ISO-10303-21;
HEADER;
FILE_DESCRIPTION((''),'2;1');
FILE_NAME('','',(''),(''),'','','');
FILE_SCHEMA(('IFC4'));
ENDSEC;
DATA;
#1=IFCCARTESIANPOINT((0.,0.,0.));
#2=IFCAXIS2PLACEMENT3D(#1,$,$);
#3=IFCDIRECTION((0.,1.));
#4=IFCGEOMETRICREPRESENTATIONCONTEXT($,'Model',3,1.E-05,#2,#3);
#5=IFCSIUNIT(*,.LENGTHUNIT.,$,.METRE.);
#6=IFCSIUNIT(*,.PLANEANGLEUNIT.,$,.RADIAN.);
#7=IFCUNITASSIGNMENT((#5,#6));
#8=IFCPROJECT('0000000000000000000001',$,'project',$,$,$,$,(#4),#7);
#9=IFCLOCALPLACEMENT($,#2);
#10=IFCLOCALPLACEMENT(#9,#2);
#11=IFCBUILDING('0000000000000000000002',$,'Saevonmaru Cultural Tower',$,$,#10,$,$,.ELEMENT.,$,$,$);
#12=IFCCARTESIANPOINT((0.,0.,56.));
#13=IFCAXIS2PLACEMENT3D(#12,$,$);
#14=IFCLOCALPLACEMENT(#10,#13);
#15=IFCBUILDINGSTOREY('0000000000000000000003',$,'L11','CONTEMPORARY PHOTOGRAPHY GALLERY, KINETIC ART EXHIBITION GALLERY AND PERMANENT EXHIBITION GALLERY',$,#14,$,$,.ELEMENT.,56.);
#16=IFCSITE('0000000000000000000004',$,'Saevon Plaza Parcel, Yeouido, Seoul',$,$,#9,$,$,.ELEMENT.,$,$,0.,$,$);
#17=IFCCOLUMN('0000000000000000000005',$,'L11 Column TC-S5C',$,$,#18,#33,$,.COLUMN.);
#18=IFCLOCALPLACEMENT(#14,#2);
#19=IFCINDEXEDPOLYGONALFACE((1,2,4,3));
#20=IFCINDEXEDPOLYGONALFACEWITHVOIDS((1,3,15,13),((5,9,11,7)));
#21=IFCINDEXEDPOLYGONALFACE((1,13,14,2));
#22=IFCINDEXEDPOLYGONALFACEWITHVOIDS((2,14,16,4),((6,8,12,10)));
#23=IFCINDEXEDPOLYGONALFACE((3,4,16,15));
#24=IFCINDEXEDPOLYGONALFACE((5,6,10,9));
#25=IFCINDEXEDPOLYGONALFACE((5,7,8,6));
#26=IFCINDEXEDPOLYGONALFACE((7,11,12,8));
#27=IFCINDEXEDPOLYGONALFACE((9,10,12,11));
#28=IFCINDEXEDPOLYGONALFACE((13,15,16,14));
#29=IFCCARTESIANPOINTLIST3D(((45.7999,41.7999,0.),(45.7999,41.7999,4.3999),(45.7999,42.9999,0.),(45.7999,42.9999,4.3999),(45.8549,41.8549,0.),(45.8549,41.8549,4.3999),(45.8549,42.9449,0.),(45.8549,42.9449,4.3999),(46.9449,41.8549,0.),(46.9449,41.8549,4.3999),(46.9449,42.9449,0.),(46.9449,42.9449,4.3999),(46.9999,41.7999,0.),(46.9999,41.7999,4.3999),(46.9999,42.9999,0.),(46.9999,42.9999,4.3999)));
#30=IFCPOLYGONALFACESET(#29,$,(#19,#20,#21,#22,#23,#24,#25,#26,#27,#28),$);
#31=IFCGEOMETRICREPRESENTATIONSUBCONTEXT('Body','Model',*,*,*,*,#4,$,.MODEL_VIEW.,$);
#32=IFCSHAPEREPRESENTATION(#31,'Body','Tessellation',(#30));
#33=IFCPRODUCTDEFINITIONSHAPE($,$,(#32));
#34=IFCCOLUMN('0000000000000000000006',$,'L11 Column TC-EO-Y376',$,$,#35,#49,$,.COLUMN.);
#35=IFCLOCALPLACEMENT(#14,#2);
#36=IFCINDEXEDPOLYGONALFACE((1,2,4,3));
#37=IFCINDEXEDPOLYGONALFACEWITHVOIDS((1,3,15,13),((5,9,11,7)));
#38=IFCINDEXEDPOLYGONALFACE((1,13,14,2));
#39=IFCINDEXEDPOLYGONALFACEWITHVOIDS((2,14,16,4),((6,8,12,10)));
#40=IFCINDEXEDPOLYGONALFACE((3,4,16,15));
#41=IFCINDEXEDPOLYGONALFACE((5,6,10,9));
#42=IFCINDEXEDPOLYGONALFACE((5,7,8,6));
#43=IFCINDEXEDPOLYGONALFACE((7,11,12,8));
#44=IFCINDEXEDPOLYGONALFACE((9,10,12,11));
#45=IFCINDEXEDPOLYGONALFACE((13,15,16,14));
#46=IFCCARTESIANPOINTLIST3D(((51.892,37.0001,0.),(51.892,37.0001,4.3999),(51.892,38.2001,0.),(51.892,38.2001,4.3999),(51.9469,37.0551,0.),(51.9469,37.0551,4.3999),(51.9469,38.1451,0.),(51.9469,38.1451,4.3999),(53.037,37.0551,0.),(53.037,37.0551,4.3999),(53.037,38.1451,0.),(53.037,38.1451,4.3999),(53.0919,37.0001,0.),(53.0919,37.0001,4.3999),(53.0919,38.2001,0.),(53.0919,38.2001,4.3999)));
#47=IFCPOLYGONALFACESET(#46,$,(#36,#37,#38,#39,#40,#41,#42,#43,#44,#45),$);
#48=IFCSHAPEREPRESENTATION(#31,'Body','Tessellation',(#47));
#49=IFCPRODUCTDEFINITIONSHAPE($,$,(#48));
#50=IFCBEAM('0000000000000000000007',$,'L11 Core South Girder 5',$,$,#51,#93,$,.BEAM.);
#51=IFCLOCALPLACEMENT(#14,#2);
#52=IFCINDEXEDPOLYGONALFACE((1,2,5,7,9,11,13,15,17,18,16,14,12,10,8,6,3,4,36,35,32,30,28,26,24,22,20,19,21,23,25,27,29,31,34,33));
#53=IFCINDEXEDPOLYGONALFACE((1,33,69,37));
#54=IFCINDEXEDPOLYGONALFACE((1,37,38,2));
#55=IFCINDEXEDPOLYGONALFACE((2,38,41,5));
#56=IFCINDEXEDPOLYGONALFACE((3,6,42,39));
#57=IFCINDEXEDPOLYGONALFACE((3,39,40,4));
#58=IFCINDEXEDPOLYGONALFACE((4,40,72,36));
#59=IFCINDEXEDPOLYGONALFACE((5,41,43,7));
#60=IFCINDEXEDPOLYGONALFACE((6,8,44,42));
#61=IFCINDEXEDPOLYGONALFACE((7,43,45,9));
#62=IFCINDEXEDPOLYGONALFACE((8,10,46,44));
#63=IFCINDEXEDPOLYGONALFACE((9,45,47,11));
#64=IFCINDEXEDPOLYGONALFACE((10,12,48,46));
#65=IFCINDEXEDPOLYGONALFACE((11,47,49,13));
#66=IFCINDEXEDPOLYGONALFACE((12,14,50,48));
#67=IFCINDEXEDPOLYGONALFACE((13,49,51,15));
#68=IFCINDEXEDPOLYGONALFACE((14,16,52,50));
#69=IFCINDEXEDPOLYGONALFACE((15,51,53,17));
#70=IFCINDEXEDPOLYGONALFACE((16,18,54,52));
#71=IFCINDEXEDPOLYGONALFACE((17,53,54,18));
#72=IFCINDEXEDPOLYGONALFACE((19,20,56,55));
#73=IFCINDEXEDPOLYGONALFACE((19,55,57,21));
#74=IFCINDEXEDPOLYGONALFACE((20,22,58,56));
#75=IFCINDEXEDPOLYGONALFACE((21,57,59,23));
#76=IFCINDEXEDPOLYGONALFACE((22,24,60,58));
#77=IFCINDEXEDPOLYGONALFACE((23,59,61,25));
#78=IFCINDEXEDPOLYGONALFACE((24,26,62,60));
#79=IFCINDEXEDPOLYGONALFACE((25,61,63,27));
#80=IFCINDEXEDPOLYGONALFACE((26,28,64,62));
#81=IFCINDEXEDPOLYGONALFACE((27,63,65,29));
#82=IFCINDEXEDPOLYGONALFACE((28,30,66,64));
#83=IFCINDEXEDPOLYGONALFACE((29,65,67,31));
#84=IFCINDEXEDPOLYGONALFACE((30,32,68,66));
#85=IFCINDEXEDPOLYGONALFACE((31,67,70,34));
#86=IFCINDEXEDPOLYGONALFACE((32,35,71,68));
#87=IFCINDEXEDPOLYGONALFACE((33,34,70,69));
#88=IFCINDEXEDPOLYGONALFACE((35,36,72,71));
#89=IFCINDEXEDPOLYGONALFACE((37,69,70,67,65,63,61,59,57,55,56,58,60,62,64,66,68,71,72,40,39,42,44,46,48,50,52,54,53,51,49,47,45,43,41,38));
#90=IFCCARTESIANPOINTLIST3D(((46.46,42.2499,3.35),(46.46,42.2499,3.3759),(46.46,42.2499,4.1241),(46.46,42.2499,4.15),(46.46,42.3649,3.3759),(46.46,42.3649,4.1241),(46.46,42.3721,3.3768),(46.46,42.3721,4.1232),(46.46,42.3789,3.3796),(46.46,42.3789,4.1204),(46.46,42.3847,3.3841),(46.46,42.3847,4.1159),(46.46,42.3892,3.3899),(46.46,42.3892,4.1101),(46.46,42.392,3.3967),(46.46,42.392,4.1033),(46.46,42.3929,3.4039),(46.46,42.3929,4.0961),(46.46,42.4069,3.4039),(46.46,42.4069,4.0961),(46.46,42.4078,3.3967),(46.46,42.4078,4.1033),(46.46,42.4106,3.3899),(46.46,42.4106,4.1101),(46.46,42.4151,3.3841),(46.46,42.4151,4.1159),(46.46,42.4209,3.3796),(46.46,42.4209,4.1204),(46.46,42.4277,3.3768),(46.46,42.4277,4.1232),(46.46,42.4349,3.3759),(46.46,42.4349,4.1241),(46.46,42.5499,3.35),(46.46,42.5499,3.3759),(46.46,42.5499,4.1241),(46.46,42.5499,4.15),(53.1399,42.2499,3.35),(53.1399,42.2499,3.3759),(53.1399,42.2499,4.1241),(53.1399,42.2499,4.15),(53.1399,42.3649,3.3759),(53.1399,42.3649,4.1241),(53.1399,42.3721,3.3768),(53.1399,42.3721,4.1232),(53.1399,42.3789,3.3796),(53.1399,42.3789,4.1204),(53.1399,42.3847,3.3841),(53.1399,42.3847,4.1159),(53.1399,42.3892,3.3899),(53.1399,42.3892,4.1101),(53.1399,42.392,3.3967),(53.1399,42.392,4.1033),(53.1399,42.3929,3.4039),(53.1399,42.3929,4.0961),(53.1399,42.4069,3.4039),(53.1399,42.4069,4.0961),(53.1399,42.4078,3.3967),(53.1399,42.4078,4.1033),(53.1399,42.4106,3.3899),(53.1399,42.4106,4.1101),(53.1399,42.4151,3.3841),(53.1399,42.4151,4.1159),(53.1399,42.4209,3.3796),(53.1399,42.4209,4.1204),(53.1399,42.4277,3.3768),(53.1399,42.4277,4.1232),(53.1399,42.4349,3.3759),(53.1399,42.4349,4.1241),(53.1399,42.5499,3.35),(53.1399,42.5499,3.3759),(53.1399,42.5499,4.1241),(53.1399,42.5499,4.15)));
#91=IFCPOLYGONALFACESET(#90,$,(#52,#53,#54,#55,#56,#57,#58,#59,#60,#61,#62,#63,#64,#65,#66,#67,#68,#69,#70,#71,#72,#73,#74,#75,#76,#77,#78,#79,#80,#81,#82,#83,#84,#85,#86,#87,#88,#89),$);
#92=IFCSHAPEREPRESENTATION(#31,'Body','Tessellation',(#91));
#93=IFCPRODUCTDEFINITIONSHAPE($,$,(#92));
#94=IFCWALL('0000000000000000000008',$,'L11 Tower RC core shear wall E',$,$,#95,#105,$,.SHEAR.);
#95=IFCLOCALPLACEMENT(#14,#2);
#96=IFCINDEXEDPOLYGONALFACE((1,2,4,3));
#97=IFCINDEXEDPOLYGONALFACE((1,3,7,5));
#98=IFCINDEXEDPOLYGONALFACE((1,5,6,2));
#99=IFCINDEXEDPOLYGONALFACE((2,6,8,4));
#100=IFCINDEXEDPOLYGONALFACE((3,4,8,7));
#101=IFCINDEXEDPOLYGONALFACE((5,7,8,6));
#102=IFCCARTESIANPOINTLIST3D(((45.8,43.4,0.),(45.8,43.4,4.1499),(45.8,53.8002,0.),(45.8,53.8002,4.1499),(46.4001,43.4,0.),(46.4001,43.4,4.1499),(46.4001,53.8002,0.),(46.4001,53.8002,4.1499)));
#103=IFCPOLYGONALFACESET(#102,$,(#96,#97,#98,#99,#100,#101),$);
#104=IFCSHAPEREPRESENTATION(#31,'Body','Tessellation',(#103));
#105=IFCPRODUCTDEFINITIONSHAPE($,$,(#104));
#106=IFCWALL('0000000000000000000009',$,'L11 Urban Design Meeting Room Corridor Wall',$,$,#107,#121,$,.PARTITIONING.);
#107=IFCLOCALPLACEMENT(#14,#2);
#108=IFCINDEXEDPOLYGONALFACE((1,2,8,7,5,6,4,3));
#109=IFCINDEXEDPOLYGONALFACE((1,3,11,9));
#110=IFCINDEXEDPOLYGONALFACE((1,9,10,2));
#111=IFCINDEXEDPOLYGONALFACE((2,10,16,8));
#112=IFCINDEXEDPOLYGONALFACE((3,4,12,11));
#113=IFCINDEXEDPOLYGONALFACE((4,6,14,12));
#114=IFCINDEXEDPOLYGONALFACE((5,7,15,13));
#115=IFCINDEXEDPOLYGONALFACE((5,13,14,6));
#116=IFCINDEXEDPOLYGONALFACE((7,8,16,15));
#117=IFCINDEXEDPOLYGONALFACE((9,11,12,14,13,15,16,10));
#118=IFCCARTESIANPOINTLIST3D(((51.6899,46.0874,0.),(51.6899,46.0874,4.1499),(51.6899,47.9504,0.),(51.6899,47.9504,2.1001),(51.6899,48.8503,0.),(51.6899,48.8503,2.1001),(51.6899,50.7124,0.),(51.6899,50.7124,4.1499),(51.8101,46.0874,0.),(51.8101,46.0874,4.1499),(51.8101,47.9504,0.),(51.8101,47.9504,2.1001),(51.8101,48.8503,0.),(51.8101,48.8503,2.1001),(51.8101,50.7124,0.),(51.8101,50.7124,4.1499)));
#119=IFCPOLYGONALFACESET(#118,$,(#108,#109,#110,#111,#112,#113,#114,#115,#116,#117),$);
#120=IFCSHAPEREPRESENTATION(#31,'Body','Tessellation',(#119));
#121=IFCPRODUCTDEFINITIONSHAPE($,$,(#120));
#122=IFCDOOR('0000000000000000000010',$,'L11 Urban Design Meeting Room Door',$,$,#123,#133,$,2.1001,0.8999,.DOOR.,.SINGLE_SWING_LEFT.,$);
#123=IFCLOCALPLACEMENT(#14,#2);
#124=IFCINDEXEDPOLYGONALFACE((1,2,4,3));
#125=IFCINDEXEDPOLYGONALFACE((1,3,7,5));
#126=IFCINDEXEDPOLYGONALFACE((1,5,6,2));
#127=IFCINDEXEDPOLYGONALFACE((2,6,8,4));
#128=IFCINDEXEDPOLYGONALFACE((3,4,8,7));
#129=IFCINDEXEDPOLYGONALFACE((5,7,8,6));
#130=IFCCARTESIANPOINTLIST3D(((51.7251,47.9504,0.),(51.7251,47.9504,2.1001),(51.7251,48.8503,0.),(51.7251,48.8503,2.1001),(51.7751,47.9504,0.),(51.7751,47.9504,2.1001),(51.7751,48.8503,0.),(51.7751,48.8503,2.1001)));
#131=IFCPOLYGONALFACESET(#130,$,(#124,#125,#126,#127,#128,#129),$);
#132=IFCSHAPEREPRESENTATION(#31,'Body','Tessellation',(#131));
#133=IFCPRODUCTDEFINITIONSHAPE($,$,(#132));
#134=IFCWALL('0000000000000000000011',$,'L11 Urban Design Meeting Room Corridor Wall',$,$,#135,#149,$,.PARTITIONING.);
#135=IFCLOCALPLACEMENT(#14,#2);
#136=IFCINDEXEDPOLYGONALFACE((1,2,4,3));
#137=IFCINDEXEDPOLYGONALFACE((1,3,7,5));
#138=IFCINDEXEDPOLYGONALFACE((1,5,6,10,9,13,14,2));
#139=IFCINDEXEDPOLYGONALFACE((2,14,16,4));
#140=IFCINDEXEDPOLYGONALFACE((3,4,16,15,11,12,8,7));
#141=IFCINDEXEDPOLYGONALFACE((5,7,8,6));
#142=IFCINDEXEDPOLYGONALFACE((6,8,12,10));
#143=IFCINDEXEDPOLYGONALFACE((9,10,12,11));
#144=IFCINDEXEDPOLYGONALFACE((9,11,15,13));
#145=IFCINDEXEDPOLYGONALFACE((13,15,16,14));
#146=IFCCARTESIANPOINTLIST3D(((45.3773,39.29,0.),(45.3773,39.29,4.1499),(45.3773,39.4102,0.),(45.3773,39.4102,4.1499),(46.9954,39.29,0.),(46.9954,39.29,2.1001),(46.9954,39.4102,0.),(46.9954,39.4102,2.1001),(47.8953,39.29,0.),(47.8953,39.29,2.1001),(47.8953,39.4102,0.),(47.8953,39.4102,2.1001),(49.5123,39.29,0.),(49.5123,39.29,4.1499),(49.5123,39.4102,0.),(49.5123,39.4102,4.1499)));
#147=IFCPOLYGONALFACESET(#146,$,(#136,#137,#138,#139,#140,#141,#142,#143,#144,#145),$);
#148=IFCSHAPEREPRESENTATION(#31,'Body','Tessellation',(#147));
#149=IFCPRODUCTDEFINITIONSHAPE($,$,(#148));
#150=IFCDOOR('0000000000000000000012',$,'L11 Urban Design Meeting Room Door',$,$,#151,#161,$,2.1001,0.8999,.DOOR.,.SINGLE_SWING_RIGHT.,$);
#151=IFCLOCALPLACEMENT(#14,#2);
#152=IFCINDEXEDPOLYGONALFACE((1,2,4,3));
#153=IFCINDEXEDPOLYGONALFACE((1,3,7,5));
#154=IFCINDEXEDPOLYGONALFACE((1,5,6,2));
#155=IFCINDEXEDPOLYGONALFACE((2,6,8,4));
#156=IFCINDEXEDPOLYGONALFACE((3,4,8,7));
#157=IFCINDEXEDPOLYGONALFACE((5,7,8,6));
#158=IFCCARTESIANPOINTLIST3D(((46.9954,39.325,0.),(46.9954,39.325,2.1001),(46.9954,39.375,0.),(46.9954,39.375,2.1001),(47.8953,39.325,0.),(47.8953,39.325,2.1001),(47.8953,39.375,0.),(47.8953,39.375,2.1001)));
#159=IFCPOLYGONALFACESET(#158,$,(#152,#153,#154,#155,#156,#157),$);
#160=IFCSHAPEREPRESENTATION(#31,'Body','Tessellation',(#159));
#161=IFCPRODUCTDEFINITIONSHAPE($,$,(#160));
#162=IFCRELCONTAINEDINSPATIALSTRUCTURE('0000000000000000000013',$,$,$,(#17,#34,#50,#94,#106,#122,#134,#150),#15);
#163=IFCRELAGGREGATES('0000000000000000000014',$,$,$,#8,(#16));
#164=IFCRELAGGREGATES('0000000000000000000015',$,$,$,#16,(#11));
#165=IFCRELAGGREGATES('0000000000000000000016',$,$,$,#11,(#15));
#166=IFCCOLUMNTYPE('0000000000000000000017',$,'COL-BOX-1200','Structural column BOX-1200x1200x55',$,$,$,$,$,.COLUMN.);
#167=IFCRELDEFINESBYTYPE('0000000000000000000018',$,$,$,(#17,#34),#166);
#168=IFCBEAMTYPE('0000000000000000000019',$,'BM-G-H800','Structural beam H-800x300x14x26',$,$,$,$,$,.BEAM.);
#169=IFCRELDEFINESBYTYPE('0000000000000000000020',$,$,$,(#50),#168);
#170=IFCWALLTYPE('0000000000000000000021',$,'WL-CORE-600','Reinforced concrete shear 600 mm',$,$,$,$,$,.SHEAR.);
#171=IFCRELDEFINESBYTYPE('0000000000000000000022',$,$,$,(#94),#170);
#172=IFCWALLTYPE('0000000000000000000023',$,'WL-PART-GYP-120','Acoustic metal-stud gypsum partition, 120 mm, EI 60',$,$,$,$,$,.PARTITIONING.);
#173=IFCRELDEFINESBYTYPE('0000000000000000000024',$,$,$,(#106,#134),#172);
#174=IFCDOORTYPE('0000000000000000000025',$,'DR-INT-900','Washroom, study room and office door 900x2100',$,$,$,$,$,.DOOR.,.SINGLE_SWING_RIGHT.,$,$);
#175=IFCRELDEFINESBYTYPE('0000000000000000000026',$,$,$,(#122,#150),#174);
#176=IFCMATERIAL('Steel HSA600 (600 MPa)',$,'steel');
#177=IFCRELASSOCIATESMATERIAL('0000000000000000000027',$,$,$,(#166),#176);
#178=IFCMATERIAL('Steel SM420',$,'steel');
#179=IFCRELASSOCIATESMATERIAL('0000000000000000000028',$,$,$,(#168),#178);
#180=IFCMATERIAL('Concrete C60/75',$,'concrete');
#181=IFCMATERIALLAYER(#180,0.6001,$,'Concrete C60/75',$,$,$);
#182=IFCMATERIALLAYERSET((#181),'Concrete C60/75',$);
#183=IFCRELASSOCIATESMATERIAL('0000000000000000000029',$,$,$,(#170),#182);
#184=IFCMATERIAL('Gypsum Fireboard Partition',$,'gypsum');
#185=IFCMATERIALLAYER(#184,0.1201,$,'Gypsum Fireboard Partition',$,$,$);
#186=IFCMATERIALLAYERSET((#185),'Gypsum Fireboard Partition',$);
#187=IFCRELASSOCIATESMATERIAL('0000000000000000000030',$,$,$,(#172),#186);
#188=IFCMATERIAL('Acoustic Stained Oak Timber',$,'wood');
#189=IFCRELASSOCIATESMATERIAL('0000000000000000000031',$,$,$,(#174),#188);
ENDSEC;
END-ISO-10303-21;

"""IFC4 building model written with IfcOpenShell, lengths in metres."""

from ifc_helpers import new_model, si_unit, direction, frame, frame_2d, origin, origin_2d, place, context, subcontext, project, spatial, rectangle, hollow_rectangle, i_section, extrude, material, layer, layer_set, material_profile, profile_set, type_object, element, fill, save


model = new_model("IFC4")

# Units and contexts
model_context = context("Model", 3, precision=1e-05, world=origin(), true_north=direction((0.0, 1.0)))
body_context = subcontext(model_context, "Body", "Model", "MODEL_VIEW")
ifc_project = project(units=[si_unit("LENGTHUNIT", "METRE"), si_unit("PLANEANGLEUNIT", "RADIAN")], contexts=[model_context])

# Site, building, storey
site_placement = place(None, origin())
site = spatial("IfcSite", under=ifc_project, at=site_placement, Name="Saevon Plaza Parcel, Yeouido, Seoul", CompositionType="ELEMENT", RefElevation=0.0)
building_placement = place(site_placement, origin())
building = spatial("IfcBuilding", under=site, at=building_placement, Name="Saevonmaru Cultural Tower", CompositionType="ELEMENT")
storey_placement = place(building_placement, frame((0.0, 0.0, 56.0)))
storey = spatial("IfcBuildingStorey", under=building, at=storey_placement, Name="L11", Description="CONTEMPORARY PHOTOGRAPHY GALLERY, KINETIC ART EXHIBITION GALLERY AND PERMANENT EXHIBITION GALLERY", CompositionType="ELEMENT", Elevation=56.0)

# Columns
ifc_material_1 = material(Name="Steel HSA600 (600 MPa)", Category="steel")
ifc_material_profile_1 = material_profile(ifc_material_1, hollow_rectangle(XDim=1.2, YDim=1.2, WallThickness=0.0549, at=origin_2d()), Name="BOX-1200x1200x55")
ifc_profile_set_1 = profile_set([ifc_material_profile_1], Name="Steel HSA600 (600 MPa)")
column_type = type_object("IfcColumnType", Name="COL-BOX-1200", Description="Structural column BOX-1200x1200x55", PredefinedType="COLUMN", material=ifc_profile_set_1)
for number, where, z_axis, x_axis, name in (
    (1, (46.3999, 42.3999, 0.0), (0.0, 0.0, 1.0), (1.0, 0.0, 0.0), "L11 Column TC-S5C"),
    (2, (52.4919, 37.6001, 0.0), (0.0, 0.0, 1.0), (1.0, 0.0, 0.0), "L11 Column TC-EO-Y376"),
):
    element("IfcColumn", number, at=place(storey_placement, frame(where, z_axis=z_axis, x_axis=x_axis)), inside=storey, type_object=column_type, Name=name, PredefinedType="COLUMN", context=body_context, shape_type="SweptSolid", body=[
        extrude(hollow_rectangle(XDim=1.2, YDim=1.2, WallThickness=0.0549, at=origin_2d()), origin(), (0.0, 0.0, 1.0), 4.3999),
    ])

# Beam
ifc_material_2 = material(Name="Steel SM420", Category="steel")
ifc_material_profile_2 = material_profile(ifc_material_2, i_section(OverallWidth=0.3, OverallDepth=0.8, WebThickness=0.0139, FlangeThickness=0.0259, FilletRadius=0.0281, at=origin_2d()), Name="H-800x300x14x26")
ifc_profile_set_2 = profile_set([ifc_material_profile_2], Name="Steel SM420")
beam_type = type_object("IfcBeamType", Name="BM-G-H800", Description="Structural beam H-800x300x14x26", PredefinedType="BEAM", material=ifc_profile_set_2)
beam_placement = place(storey_placement, frame((46.46, 42.3999, 3.75), z_axis=(1.0, 0.0, 0.0), x_axis=(0.0, 1.0, 0.0)))
element("IfcBeam", 3, at=beam_placement, inside=storey, type_object=beam_type, Name="L11 Core South Girder 5", PredefinedType="BEAM", context=body_context, shape_type="SweptSolid", body=[
    extrude(i_section(OverallWidth=0.3, OverallDepth=0.8, WebThickness=0.0139, FlangeThickness=0.0259, FilletRadius=0.0281, at=origin_2d()), origin(), (0.0, 0.0, 1.0), 6.6799),
])

# Wall
ifc_material_3 = material(Name="Concrete C60/75", Category="concrete")
ifc_layer_1 = layer(ifc_material_3, 0.6001, Name="Concrete C60/75")
ifc_layer_set_1 = layer_set([ifc_layer_1], Name="Concrete C60/75")
wall_type_1 = type_object("IfcWallType", Name="WL-CORE-600", Description="Reinforced concrete shear 600 mm", PredefinedType="SHEAR", material=ifc_layer_set_1)
wall_1_placement = place(storey_placement, frame((46.1001, 43.3999, 0.0), z_axis=(0.0, 0.0, 1.0), x_axis=(0.0, 1.0, 0.0)))
element("IfcWall", 4, at=wall_1_placement, inside=storey, type_object=wall_type_1, Name="L11 Tower RC core shear wall E", PredefinedType="SHEAR", context=body_context, shape_type="SweptSolid", body=[
    extrude(rectangle(XDim=10.4001, YDim=0.6001, at=frame_2d((5.2002, 0.0))), origin(), (0.0, 0.0, 1.0), 4.1499),
])

# Walls, openings, doors
ifc_material_4 = material(Name="Gypsum Fireboard Partition", Category="gypsum")
ifc_material_5 = material(Name="Acoustic Stained Oak Timber", Category="wood")
ifc_layer_2 = layer(ifc_material_4, 0.1201, Name="Gypsum Fireboard Partition")
ifc_layer_set_2 = layer_set([ifc_layer_2], Name="Gypsum Fireboard Partition")
wall_type_2 = type_object("IfcWallType", Name="WL-PART-GYP-120", Description="Acoustic metal-stud gypsum partition, 120 mm, EI 60", PredefinedType="PARTITIONING", material=ifc_layer_set_2)
wall_2_placement = place(storey_placement, frame((51.75, 46.0874, 0.0), z_axis=(0.0, 0.0, 1.0), x_axis=(0.0, 1.0, 0.0)))
wall_2 = element("IfcWall", 5, at=wall_2_placement, inside=storey, type_object=wall_type_2, Name="L11 Urban Design Meeting Room Corridor Wall", PredefinedType="PARTITIONING", context=body_context, shape_type="SweptSolid", body=[
    extrude(rectangle(XDim=4.625, YDim=0.1201, at=frame_2d((2.3125, 0.0))), origin(), (0.0, 0.0, 1.0), 4.1499),
])
opening_1_placement = place(wall_2_placement, frame((1.863, 0.0, 0.0)))
opening_1 = element("IfcOpeningElement", 6, at=opening_1_placement, cuts=wall_2, PredefinedType="OPENING", context=body_context, shape_type="SweptSolid", body=[
    extrude(rectangle(XDim=0.8999, YDim=2.1001, at=frame_2d((0.45, 1.05))), frame((0.0, 0.0701, 0.0), z_axis=(0.0, -1.0, 0.0), x_axis=(1.0, 0.0, 0.0)), (0.0, 0.0, 1.0), 0.1401),
])
door_type_1 = type_object("IfcDoorType", Name="DR-INT-900", Description="Washroom, study room and office door 900x2100", OperationType="SINGLE_SWING_RIGHT", PredefinedType="DOOR", material=ifc_material_5)
door_1_placement = place(opening_1_placement, origin())
door_1 = element("IfcDoor", 7, at=door_1_placement, inside=storey, type_object=door_type_1, Name="L11 Urban Design Meeting Room Door", OperationType="SINGLE_SWING_LEFT", OverallHeight=2.1001, OverallWidth=0.8999, PredefinedType="DOOR", context=body_context, shape_type="SweptSolid", body=[
    extrude(rectangle(XDim=0.8999, YDim=2.1001, at=frame_2d((0.45, 1.05))), frame((0.0, 0.0249, 0.0), z_axis=(0.0, -1.0, 0.0), x_axis=(1.0, 0.0, 0.0)), (0.0, 0.0, 1.0), 0.05),
])
fill(opening_1, door_1)
wall_3_placement = place(storey_placement, frame((45.3774, 39.3501, 0.0), z_axis=(0.0, 0.0, 1.0), x_axis=(1.0, 0.0, 0.0)))
wall_3 = element("IfcWall", 8, at=wall_3_placement, inside=storey, type_object=wall_type_2, Name="L11 Urban Design Meeting Room Corridor Wall", PredefinedType="PARTITIONING", context=body_context, shape_type="SweptSolid", body=[
    extrude(rectangle(XDim=4.135, YDim=0.1201, at=frame_2d((2.0674, 0.0))), origin(), (0.0, 0.0, 1.0), 4.1499),
])
opening_2_placement = place(wall_3_placement, frame((1.6179, 0.0, 0.0)))
opening_2 = element("IfcOpeningElement", 9, at=opening_2_placement, cuts=wall_3, PredefinedType="OPENING", context=body_context, shape_type="SweptSolid", body=[
    extrude(rectangle(XDim=0.8999, YDim=2.1001, at=frame_2d((0.45, 1.05))), frame((0.0, 0.0701, 0.0), z_axis=(0.0, -1.0, 0.0), x_axis=(1.0, 0.0, 0.0)), (0.0, 0.0, 1.0), 0.1401),
])
door_2_placement = place(opening_2_placement, origin())
door_2 = element("IfcDoor", 10, at=door_2_placement, inside=storey, type_object=door_type_1, Name="L11 Urban Design Meeting Room Door", OperationType="SINGLE_SWING_RIGHT", OverallHeight=2.1001, OverallWidth=0.8999, PredefinedType="DOOR", context=body_context, shape_type="SweptSolid", body=[
    extrude(rectangle(XDim=0.8999, YDim=2.1001, at=frame_2d((0.45, 1.05))), frame((0.0, 0.0249, 0.0), z_axis=(0.0, -1.0, 0.0), x_axis=(1.0, 0.0, 0.0)), (0.0, 0.0, 1.0), 0.05),
])
fill(opening_2, door_2)

save(model, "model.ifc")
